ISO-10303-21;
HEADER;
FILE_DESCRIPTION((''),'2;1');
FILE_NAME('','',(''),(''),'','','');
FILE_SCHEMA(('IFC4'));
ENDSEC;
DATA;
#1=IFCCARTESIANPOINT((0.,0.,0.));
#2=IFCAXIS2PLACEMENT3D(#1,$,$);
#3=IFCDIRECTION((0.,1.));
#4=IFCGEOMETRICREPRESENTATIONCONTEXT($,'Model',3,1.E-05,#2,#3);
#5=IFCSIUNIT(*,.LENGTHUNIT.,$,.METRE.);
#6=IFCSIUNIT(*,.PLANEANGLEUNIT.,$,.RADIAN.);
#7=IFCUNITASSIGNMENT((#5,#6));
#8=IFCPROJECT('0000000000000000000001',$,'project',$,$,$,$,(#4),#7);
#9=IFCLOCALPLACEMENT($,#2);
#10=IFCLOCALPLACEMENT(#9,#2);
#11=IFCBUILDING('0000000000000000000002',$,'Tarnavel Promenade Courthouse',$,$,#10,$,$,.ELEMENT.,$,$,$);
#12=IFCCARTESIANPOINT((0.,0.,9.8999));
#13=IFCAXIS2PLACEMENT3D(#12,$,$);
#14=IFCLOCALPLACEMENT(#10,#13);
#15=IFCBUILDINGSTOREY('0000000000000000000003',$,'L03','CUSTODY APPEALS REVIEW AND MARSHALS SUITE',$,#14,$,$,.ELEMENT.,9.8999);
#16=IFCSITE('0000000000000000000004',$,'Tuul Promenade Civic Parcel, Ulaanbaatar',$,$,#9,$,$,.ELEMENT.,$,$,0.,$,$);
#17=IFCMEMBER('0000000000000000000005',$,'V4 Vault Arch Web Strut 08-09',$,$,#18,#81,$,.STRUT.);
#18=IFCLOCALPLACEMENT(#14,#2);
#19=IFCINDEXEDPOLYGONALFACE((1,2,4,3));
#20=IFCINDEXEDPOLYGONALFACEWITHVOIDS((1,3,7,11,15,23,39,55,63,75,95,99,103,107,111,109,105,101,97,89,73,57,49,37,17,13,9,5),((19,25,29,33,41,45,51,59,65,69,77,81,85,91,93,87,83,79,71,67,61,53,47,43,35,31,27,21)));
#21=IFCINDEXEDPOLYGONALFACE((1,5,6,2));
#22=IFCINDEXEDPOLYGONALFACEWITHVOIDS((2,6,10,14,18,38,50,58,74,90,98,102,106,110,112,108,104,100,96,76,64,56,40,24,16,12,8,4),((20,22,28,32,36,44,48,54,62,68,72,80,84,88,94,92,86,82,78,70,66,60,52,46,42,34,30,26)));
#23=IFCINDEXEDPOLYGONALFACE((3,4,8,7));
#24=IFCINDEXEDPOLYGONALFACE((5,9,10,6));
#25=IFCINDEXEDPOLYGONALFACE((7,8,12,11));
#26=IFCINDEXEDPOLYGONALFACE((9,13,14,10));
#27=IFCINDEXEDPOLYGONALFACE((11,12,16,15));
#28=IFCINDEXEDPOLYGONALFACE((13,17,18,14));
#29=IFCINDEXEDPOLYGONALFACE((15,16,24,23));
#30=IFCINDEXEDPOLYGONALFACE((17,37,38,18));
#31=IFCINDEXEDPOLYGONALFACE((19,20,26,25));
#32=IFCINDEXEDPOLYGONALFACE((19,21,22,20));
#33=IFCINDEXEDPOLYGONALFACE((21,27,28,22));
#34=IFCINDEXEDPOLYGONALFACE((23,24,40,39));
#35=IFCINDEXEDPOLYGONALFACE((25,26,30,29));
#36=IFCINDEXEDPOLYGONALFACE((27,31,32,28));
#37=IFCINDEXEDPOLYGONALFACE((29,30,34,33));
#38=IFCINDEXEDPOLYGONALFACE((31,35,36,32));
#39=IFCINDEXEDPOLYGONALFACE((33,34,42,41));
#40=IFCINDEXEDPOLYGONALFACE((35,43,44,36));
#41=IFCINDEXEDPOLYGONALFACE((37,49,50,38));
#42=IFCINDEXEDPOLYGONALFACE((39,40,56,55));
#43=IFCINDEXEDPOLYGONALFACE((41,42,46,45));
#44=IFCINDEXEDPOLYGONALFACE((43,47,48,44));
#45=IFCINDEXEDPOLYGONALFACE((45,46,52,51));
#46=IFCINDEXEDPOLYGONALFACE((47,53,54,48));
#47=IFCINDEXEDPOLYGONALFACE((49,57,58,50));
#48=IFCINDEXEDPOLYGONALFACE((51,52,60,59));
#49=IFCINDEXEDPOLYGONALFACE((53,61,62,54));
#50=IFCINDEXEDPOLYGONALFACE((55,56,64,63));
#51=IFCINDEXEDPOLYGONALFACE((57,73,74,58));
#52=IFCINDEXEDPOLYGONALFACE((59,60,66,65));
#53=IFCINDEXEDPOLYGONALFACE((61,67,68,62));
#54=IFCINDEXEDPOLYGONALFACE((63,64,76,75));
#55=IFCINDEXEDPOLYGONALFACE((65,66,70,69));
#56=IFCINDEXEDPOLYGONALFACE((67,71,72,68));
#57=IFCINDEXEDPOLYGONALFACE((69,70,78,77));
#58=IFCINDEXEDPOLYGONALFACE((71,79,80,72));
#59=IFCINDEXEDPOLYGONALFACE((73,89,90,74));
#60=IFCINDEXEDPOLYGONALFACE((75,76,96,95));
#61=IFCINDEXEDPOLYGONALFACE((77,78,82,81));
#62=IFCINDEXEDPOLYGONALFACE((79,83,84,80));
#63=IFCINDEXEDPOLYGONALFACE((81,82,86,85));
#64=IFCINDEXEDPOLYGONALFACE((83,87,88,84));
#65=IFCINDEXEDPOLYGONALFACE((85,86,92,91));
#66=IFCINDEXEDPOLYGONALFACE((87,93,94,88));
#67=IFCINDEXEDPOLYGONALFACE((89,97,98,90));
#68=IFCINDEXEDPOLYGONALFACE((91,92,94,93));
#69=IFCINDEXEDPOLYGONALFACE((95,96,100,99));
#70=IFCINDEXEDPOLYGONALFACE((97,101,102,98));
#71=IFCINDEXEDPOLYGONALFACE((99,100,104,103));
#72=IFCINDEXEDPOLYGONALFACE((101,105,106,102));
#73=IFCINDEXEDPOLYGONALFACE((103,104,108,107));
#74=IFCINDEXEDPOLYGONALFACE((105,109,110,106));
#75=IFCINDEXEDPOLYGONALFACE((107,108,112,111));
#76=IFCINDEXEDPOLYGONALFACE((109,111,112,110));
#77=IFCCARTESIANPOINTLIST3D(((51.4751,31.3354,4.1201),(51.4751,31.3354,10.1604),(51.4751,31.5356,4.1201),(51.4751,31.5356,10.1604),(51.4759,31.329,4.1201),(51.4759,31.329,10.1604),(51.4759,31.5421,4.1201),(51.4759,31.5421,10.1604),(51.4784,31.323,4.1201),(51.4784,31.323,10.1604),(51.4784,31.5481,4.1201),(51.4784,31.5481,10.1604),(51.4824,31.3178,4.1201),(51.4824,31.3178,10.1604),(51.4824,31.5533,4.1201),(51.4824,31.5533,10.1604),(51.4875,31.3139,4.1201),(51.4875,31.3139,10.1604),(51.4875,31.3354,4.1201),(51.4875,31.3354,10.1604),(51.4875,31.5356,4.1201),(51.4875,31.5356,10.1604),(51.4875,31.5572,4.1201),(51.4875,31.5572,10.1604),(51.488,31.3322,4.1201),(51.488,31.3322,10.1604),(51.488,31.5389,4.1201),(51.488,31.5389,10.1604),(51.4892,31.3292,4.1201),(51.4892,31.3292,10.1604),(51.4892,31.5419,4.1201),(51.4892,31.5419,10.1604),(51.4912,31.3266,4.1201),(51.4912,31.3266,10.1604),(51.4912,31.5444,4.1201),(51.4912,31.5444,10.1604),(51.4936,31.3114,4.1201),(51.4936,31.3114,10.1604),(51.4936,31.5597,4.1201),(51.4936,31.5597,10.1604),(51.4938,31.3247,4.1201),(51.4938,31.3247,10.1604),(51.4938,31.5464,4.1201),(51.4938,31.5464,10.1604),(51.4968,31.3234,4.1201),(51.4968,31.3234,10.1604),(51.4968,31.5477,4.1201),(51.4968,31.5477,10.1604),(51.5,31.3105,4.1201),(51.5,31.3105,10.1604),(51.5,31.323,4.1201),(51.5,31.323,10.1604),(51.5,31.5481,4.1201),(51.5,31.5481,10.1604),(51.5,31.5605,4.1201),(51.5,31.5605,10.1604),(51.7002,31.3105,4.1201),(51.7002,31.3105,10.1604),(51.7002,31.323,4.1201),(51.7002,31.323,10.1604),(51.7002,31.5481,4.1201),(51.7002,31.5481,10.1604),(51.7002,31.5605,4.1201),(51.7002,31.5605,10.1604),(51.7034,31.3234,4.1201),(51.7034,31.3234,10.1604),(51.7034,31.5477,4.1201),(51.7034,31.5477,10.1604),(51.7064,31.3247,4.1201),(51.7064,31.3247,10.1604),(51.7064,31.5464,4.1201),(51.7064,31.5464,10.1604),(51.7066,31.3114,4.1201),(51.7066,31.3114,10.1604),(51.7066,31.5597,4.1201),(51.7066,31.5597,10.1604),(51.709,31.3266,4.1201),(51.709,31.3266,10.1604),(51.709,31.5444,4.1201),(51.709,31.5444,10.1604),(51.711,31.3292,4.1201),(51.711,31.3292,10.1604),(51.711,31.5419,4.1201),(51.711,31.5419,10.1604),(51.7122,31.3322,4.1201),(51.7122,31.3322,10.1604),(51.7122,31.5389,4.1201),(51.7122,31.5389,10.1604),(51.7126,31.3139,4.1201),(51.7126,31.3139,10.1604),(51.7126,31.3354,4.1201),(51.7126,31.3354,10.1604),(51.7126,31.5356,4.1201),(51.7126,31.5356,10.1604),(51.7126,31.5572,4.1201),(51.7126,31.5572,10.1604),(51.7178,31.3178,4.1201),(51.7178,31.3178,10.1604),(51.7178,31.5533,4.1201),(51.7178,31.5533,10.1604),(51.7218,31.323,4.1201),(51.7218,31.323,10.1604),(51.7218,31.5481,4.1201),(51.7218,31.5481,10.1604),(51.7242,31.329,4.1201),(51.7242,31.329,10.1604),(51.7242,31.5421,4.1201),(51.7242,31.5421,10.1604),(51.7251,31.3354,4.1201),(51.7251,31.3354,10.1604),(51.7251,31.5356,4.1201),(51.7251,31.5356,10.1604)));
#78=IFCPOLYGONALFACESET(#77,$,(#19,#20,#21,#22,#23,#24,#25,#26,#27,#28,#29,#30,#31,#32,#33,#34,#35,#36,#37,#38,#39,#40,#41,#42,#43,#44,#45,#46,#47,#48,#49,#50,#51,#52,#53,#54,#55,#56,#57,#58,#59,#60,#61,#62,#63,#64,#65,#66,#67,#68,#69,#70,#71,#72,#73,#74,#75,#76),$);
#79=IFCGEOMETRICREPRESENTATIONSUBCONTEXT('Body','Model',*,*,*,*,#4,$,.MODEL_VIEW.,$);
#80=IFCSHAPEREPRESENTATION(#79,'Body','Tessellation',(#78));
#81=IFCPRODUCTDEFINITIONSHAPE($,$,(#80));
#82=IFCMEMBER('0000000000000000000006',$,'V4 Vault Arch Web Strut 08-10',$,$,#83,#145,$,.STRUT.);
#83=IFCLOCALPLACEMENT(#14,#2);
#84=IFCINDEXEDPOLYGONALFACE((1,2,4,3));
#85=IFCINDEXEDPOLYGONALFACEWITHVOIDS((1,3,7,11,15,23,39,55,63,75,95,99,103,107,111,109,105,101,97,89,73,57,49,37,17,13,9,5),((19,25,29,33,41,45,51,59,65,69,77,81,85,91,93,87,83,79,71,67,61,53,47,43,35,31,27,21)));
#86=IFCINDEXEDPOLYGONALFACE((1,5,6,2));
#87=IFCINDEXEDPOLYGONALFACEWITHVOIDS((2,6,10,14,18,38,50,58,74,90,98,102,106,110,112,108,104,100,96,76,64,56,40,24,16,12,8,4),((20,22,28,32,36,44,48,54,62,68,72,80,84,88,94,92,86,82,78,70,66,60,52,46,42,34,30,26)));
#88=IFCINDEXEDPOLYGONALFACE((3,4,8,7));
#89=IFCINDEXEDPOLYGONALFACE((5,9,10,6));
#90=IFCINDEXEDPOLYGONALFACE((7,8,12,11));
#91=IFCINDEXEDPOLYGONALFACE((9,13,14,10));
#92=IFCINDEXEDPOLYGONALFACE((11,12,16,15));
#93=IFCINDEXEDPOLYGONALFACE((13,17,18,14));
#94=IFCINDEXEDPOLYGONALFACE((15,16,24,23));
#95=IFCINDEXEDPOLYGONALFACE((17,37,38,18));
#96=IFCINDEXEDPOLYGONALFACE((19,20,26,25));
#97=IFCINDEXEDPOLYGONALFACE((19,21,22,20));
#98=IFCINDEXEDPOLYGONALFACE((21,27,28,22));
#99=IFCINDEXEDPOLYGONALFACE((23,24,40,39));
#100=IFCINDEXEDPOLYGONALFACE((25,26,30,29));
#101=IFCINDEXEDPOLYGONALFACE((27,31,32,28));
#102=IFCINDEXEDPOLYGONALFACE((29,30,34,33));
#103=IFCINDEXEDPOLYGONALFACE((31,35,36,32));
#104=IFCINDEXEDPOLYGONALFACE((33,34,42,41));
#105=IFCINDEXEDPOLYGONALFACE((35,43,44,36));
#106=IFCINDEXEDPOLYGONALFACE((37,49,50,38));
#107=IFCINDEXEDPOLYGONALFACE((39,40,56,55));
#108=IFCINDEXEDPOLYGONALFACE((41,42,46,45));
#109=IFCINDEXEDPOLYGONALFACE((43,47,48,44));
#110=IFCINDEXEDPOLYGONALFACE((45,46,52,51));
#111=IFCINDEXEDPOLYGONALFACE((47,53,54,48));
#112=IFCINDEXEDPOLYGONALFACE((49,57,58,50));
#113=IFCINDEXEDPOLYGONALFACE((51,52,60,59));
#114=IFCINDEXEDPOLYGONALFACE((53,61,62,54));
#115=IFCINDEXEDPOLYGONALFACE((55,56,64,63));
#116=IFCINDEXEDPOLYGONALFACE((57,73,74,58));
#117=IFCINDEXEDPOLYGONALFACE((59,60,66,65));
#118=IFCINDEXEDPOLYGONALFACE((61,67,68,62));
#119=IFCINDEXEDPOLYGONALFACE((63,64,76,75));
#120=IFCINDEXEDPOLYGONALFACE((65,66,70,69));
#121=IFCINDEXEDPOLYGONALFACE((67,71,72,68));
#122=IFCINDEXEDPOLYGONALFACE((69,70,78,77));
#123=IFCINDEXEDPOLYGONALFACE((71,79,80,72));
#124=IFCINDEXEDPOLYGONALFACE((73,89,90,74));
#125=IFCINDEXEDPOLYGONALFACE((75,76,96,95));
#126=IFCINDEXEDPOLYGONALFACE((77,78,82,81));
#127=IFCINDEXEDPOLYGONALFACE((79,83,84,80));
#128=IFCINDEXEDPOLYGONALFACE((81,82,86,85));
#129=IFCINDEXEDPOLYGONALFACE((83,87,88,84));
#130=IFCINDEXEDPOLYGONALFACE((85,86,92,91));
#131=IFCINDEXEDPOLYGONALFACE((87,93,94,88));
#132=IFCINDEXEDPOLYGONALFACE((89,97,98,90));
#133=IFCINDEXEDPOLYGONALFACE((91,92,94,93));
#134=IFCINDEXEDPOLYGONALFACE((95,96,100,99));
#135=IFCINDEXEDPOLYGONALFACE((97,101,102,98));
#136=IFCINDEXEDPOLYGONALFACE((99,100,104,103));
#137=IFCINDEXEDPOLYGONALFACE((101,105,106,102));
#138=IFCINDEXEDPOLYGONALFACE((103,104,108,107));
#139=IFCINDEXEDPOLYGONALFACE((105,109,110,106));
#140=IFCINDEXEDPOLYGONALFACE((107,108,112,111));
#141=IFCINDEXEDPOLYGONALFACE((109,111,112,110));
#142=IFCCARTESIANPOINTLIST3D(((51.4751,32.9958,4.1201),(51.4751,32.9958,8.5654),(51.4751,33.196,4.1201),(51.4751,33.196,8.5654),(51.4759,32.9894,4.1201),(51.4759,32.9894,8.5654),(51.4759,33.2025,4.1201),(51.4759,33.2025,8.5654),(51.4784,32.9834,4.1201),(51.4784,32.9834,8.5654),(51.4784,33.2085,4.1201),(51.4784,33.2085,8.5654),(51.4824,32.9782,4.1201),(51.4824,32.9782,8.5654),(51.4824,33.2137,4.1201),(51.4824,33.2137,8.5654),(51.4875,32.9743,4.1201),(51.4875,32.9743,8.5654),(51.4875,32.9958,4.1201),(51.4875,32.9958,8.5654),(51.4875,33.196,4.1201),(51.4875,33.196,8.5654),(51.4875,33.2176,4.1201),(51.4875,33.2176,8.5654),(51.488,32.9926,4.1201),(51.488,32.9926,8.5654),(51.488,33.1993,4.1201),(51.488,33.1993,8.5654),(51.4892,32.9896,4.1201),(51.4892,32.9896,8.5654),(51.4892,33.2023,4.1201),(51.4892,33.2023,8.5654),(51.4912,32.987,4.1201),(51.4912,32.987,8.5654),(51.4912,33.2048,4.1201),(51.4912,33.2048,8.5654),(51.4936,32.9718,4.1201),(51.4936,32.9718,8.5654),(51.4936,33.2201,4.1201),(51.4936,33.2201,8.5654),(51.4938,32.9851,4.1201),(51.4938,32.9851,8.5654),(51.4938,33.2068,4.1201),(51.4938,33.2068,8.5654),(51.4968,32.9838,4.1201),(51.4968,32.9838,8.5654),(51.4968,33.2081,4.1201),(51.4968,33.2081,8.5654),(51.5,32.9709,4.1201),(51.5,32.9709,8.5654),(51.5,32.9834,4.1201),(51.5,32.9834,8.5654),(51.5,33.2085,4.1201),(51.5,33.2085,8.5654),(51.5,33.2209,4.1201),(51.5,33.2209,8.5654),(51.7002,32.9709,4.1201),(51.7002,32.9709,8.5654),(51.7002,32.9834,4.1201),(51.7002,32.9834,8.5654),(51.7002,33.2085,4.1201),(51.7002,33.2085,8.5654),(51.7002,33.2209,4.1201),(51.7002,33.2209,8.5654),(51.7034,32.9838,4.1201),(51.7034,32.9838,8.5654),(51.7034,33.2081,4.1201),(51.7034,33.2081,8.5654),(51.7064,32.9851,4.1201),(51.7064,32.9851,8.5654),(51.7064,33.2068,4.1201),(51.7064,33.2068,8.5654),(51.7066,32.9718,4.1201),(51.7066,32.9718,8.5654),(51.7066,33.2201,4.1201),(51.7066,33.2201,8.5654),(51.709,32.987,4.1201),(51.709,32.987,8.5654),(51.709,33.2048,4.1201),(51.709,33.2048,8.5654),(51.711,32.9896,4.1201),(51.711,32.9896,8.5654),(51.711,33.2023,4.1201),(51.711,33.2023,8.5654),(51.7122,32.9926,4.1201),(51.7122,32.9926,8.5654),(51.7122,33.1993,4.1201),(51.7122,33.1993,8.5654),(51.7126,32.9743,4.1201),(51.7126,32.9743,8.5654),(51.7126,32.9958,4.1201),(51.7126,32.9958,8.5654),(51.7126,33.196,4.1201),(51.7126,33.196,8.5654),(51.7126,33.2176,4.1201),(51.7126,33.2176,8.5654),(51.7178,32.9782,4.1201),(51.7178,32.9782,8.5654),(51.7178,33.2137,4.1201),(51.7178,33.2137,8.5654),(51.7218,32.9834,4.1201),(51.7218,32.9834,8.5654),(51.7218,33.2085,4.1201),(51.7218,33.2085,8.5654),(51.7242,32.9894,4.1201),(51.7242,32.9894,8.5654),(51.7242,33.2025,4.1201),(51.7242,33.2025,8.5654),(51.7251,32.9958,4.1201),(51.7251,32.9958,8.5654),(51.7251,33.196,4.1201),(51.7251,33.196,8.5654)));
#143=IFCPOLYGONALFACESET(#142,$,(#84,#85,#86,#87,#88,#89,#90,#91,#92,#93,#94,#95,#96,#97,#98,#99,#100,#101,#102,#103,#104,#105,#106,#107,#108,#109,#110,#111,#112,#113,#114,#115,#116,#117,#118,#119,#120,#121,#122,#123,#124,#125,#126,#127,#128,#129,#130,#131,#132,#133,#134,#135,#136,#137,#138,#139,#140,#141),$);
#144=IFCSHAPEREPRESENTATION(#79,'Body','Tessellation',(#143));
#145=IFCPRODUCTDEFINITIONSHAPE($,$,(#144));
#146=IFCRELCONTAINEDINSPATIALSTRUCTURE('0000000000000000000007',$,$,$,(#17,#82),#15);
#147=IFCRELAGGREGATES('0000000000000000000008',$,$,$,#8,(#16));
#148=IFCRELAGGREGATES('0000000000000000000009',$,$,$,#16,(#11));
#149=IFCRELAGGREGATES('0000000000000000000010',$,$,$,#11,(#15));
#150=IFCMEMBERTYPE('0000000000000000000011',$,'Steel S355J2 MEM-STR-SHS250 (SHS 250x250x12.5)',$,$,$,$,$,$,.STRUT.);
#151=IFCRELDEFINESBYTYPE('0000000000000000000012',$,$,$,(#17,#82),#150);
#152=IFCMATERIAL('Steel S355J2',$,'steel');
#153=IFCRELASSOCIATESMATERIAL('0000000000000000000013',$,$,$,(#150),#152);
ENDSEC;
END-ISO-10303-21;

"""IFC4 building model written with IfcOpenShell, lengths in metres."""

from ifc_helpers import new_model, si_unit, direction, frame, origin, origin_2d, place, context, subcontext, project, spatial, hollow_rectangle, extrude, material, material_profile, profile_set, type_object, element, save


model = new_model("IFC4")

# Units and contexts
model_context = context("Model", 3, precision=1e-05, world=origin(), true_north=direction((0.0, 1.0)))
body_context = subcontext(model_context, "Body", "Model", "MODEL_VIEW")
ifc_project = project(units=[si_unit("LENGTHUNIT", "METRE"), si_unit("PLANEANGLEUNIT", "RADIAN")], contexts=[model_context])

# Site, building, storey
site_placement = place(None, origin())
site = spatial("IfcSite", under=ifc_project, at=site_placement, Name="Tuul Promenade Civic Parcel, Ulaanbaatar", CompositionType="ELEMENT", RefElevation=0.0)
building_placement = place(site_placement, origin())
building = spatial("IfcBuilding", under=site, at=building_placement, Name="Tarnavel Promenade Courthouse", CompositionType="ELEMENT")
storey_placement = place(building_placement, frame((0.0, 0.0, 9.8999)))
storey = spatial("IfcBuildingStorey", under=building, at=storey_placement, Name="L03", Description="CUSTODY APPEALS REVIEW AND MARSHALS SUITE", CompositionType="ELEMENT", Elevation=9.8999)

# Shared definitions
ifc_material = material(Name="Steel S355J2", Category="steel")

# Members
ifc_material_profile_1 = material_profile(ifc_material, hollow_rectangle(XDim=0.25, YDim=0.25, WallThickness=0.0125, InnerFilletRadius=0.0125, OuterFilletRadius=0.0249, at=origin_2d()), Name="SHS 250x250x12.5")
ifc_profile_set_1 = profile_set([ifc_material_profile_1], Name="Steel S355J2")
member_type = type_object("IfcMemberType", Name="Steel S355J2 MEM-STR-SHS250 (SHS 250x250x12.5)", PredefinedType="STRUT", material=ifc_profile_set_1)
member_1_placement = place(storey_placement, frame((51.6001, 31.4355, 4.1201), z_axis=(0.0, 0.0, 1.0), x_axis=(1.0, 0.0, 0.0)))
element("IfcMember", 1, at=member_1_placement, inside=storey, type_object=member_type, Name="V4 Vault Arch Web Strut 08-09", PredefinedType="STRUT", context=body_context, shape_type="SweptSolid", body=[
    extrude(hollow_rectangle(XDim=0.25, YDim=0.25, WallThickness=0.0125, InnerFilletRadius=0.0125, OuterFilletRadius=0.0249, at=origin_2d()), origin(), (0.0, 0.0, 1.0), 6.0403),
])
member_2_placement = place(storey_placement, frame((51.6001, 33.0959, 4.1201), z_axis=(0.0, 0.0, 1.0), x_axis=(1.0, 0.0, 0.0)))
element("IfcMember", 2, at=member_2_placement, inside=storey, type_object=member_type, Name="V4 Vault Arch Web Strut 08-10", PredefinedType="STRUT", context=body_context, shape_type="SweptSolid", body=[
    extrude(hollow_rectangle(XDim=0.25, YDim=0.25, WallThickness=0.0125, InnerFilletRadius=0.0125, OuterFilletRadius=0.0249, at=origin_2d()), origin(), (0.0, 0.0, 1.0), 4.4453),
])

save(model, "model.ifc")
